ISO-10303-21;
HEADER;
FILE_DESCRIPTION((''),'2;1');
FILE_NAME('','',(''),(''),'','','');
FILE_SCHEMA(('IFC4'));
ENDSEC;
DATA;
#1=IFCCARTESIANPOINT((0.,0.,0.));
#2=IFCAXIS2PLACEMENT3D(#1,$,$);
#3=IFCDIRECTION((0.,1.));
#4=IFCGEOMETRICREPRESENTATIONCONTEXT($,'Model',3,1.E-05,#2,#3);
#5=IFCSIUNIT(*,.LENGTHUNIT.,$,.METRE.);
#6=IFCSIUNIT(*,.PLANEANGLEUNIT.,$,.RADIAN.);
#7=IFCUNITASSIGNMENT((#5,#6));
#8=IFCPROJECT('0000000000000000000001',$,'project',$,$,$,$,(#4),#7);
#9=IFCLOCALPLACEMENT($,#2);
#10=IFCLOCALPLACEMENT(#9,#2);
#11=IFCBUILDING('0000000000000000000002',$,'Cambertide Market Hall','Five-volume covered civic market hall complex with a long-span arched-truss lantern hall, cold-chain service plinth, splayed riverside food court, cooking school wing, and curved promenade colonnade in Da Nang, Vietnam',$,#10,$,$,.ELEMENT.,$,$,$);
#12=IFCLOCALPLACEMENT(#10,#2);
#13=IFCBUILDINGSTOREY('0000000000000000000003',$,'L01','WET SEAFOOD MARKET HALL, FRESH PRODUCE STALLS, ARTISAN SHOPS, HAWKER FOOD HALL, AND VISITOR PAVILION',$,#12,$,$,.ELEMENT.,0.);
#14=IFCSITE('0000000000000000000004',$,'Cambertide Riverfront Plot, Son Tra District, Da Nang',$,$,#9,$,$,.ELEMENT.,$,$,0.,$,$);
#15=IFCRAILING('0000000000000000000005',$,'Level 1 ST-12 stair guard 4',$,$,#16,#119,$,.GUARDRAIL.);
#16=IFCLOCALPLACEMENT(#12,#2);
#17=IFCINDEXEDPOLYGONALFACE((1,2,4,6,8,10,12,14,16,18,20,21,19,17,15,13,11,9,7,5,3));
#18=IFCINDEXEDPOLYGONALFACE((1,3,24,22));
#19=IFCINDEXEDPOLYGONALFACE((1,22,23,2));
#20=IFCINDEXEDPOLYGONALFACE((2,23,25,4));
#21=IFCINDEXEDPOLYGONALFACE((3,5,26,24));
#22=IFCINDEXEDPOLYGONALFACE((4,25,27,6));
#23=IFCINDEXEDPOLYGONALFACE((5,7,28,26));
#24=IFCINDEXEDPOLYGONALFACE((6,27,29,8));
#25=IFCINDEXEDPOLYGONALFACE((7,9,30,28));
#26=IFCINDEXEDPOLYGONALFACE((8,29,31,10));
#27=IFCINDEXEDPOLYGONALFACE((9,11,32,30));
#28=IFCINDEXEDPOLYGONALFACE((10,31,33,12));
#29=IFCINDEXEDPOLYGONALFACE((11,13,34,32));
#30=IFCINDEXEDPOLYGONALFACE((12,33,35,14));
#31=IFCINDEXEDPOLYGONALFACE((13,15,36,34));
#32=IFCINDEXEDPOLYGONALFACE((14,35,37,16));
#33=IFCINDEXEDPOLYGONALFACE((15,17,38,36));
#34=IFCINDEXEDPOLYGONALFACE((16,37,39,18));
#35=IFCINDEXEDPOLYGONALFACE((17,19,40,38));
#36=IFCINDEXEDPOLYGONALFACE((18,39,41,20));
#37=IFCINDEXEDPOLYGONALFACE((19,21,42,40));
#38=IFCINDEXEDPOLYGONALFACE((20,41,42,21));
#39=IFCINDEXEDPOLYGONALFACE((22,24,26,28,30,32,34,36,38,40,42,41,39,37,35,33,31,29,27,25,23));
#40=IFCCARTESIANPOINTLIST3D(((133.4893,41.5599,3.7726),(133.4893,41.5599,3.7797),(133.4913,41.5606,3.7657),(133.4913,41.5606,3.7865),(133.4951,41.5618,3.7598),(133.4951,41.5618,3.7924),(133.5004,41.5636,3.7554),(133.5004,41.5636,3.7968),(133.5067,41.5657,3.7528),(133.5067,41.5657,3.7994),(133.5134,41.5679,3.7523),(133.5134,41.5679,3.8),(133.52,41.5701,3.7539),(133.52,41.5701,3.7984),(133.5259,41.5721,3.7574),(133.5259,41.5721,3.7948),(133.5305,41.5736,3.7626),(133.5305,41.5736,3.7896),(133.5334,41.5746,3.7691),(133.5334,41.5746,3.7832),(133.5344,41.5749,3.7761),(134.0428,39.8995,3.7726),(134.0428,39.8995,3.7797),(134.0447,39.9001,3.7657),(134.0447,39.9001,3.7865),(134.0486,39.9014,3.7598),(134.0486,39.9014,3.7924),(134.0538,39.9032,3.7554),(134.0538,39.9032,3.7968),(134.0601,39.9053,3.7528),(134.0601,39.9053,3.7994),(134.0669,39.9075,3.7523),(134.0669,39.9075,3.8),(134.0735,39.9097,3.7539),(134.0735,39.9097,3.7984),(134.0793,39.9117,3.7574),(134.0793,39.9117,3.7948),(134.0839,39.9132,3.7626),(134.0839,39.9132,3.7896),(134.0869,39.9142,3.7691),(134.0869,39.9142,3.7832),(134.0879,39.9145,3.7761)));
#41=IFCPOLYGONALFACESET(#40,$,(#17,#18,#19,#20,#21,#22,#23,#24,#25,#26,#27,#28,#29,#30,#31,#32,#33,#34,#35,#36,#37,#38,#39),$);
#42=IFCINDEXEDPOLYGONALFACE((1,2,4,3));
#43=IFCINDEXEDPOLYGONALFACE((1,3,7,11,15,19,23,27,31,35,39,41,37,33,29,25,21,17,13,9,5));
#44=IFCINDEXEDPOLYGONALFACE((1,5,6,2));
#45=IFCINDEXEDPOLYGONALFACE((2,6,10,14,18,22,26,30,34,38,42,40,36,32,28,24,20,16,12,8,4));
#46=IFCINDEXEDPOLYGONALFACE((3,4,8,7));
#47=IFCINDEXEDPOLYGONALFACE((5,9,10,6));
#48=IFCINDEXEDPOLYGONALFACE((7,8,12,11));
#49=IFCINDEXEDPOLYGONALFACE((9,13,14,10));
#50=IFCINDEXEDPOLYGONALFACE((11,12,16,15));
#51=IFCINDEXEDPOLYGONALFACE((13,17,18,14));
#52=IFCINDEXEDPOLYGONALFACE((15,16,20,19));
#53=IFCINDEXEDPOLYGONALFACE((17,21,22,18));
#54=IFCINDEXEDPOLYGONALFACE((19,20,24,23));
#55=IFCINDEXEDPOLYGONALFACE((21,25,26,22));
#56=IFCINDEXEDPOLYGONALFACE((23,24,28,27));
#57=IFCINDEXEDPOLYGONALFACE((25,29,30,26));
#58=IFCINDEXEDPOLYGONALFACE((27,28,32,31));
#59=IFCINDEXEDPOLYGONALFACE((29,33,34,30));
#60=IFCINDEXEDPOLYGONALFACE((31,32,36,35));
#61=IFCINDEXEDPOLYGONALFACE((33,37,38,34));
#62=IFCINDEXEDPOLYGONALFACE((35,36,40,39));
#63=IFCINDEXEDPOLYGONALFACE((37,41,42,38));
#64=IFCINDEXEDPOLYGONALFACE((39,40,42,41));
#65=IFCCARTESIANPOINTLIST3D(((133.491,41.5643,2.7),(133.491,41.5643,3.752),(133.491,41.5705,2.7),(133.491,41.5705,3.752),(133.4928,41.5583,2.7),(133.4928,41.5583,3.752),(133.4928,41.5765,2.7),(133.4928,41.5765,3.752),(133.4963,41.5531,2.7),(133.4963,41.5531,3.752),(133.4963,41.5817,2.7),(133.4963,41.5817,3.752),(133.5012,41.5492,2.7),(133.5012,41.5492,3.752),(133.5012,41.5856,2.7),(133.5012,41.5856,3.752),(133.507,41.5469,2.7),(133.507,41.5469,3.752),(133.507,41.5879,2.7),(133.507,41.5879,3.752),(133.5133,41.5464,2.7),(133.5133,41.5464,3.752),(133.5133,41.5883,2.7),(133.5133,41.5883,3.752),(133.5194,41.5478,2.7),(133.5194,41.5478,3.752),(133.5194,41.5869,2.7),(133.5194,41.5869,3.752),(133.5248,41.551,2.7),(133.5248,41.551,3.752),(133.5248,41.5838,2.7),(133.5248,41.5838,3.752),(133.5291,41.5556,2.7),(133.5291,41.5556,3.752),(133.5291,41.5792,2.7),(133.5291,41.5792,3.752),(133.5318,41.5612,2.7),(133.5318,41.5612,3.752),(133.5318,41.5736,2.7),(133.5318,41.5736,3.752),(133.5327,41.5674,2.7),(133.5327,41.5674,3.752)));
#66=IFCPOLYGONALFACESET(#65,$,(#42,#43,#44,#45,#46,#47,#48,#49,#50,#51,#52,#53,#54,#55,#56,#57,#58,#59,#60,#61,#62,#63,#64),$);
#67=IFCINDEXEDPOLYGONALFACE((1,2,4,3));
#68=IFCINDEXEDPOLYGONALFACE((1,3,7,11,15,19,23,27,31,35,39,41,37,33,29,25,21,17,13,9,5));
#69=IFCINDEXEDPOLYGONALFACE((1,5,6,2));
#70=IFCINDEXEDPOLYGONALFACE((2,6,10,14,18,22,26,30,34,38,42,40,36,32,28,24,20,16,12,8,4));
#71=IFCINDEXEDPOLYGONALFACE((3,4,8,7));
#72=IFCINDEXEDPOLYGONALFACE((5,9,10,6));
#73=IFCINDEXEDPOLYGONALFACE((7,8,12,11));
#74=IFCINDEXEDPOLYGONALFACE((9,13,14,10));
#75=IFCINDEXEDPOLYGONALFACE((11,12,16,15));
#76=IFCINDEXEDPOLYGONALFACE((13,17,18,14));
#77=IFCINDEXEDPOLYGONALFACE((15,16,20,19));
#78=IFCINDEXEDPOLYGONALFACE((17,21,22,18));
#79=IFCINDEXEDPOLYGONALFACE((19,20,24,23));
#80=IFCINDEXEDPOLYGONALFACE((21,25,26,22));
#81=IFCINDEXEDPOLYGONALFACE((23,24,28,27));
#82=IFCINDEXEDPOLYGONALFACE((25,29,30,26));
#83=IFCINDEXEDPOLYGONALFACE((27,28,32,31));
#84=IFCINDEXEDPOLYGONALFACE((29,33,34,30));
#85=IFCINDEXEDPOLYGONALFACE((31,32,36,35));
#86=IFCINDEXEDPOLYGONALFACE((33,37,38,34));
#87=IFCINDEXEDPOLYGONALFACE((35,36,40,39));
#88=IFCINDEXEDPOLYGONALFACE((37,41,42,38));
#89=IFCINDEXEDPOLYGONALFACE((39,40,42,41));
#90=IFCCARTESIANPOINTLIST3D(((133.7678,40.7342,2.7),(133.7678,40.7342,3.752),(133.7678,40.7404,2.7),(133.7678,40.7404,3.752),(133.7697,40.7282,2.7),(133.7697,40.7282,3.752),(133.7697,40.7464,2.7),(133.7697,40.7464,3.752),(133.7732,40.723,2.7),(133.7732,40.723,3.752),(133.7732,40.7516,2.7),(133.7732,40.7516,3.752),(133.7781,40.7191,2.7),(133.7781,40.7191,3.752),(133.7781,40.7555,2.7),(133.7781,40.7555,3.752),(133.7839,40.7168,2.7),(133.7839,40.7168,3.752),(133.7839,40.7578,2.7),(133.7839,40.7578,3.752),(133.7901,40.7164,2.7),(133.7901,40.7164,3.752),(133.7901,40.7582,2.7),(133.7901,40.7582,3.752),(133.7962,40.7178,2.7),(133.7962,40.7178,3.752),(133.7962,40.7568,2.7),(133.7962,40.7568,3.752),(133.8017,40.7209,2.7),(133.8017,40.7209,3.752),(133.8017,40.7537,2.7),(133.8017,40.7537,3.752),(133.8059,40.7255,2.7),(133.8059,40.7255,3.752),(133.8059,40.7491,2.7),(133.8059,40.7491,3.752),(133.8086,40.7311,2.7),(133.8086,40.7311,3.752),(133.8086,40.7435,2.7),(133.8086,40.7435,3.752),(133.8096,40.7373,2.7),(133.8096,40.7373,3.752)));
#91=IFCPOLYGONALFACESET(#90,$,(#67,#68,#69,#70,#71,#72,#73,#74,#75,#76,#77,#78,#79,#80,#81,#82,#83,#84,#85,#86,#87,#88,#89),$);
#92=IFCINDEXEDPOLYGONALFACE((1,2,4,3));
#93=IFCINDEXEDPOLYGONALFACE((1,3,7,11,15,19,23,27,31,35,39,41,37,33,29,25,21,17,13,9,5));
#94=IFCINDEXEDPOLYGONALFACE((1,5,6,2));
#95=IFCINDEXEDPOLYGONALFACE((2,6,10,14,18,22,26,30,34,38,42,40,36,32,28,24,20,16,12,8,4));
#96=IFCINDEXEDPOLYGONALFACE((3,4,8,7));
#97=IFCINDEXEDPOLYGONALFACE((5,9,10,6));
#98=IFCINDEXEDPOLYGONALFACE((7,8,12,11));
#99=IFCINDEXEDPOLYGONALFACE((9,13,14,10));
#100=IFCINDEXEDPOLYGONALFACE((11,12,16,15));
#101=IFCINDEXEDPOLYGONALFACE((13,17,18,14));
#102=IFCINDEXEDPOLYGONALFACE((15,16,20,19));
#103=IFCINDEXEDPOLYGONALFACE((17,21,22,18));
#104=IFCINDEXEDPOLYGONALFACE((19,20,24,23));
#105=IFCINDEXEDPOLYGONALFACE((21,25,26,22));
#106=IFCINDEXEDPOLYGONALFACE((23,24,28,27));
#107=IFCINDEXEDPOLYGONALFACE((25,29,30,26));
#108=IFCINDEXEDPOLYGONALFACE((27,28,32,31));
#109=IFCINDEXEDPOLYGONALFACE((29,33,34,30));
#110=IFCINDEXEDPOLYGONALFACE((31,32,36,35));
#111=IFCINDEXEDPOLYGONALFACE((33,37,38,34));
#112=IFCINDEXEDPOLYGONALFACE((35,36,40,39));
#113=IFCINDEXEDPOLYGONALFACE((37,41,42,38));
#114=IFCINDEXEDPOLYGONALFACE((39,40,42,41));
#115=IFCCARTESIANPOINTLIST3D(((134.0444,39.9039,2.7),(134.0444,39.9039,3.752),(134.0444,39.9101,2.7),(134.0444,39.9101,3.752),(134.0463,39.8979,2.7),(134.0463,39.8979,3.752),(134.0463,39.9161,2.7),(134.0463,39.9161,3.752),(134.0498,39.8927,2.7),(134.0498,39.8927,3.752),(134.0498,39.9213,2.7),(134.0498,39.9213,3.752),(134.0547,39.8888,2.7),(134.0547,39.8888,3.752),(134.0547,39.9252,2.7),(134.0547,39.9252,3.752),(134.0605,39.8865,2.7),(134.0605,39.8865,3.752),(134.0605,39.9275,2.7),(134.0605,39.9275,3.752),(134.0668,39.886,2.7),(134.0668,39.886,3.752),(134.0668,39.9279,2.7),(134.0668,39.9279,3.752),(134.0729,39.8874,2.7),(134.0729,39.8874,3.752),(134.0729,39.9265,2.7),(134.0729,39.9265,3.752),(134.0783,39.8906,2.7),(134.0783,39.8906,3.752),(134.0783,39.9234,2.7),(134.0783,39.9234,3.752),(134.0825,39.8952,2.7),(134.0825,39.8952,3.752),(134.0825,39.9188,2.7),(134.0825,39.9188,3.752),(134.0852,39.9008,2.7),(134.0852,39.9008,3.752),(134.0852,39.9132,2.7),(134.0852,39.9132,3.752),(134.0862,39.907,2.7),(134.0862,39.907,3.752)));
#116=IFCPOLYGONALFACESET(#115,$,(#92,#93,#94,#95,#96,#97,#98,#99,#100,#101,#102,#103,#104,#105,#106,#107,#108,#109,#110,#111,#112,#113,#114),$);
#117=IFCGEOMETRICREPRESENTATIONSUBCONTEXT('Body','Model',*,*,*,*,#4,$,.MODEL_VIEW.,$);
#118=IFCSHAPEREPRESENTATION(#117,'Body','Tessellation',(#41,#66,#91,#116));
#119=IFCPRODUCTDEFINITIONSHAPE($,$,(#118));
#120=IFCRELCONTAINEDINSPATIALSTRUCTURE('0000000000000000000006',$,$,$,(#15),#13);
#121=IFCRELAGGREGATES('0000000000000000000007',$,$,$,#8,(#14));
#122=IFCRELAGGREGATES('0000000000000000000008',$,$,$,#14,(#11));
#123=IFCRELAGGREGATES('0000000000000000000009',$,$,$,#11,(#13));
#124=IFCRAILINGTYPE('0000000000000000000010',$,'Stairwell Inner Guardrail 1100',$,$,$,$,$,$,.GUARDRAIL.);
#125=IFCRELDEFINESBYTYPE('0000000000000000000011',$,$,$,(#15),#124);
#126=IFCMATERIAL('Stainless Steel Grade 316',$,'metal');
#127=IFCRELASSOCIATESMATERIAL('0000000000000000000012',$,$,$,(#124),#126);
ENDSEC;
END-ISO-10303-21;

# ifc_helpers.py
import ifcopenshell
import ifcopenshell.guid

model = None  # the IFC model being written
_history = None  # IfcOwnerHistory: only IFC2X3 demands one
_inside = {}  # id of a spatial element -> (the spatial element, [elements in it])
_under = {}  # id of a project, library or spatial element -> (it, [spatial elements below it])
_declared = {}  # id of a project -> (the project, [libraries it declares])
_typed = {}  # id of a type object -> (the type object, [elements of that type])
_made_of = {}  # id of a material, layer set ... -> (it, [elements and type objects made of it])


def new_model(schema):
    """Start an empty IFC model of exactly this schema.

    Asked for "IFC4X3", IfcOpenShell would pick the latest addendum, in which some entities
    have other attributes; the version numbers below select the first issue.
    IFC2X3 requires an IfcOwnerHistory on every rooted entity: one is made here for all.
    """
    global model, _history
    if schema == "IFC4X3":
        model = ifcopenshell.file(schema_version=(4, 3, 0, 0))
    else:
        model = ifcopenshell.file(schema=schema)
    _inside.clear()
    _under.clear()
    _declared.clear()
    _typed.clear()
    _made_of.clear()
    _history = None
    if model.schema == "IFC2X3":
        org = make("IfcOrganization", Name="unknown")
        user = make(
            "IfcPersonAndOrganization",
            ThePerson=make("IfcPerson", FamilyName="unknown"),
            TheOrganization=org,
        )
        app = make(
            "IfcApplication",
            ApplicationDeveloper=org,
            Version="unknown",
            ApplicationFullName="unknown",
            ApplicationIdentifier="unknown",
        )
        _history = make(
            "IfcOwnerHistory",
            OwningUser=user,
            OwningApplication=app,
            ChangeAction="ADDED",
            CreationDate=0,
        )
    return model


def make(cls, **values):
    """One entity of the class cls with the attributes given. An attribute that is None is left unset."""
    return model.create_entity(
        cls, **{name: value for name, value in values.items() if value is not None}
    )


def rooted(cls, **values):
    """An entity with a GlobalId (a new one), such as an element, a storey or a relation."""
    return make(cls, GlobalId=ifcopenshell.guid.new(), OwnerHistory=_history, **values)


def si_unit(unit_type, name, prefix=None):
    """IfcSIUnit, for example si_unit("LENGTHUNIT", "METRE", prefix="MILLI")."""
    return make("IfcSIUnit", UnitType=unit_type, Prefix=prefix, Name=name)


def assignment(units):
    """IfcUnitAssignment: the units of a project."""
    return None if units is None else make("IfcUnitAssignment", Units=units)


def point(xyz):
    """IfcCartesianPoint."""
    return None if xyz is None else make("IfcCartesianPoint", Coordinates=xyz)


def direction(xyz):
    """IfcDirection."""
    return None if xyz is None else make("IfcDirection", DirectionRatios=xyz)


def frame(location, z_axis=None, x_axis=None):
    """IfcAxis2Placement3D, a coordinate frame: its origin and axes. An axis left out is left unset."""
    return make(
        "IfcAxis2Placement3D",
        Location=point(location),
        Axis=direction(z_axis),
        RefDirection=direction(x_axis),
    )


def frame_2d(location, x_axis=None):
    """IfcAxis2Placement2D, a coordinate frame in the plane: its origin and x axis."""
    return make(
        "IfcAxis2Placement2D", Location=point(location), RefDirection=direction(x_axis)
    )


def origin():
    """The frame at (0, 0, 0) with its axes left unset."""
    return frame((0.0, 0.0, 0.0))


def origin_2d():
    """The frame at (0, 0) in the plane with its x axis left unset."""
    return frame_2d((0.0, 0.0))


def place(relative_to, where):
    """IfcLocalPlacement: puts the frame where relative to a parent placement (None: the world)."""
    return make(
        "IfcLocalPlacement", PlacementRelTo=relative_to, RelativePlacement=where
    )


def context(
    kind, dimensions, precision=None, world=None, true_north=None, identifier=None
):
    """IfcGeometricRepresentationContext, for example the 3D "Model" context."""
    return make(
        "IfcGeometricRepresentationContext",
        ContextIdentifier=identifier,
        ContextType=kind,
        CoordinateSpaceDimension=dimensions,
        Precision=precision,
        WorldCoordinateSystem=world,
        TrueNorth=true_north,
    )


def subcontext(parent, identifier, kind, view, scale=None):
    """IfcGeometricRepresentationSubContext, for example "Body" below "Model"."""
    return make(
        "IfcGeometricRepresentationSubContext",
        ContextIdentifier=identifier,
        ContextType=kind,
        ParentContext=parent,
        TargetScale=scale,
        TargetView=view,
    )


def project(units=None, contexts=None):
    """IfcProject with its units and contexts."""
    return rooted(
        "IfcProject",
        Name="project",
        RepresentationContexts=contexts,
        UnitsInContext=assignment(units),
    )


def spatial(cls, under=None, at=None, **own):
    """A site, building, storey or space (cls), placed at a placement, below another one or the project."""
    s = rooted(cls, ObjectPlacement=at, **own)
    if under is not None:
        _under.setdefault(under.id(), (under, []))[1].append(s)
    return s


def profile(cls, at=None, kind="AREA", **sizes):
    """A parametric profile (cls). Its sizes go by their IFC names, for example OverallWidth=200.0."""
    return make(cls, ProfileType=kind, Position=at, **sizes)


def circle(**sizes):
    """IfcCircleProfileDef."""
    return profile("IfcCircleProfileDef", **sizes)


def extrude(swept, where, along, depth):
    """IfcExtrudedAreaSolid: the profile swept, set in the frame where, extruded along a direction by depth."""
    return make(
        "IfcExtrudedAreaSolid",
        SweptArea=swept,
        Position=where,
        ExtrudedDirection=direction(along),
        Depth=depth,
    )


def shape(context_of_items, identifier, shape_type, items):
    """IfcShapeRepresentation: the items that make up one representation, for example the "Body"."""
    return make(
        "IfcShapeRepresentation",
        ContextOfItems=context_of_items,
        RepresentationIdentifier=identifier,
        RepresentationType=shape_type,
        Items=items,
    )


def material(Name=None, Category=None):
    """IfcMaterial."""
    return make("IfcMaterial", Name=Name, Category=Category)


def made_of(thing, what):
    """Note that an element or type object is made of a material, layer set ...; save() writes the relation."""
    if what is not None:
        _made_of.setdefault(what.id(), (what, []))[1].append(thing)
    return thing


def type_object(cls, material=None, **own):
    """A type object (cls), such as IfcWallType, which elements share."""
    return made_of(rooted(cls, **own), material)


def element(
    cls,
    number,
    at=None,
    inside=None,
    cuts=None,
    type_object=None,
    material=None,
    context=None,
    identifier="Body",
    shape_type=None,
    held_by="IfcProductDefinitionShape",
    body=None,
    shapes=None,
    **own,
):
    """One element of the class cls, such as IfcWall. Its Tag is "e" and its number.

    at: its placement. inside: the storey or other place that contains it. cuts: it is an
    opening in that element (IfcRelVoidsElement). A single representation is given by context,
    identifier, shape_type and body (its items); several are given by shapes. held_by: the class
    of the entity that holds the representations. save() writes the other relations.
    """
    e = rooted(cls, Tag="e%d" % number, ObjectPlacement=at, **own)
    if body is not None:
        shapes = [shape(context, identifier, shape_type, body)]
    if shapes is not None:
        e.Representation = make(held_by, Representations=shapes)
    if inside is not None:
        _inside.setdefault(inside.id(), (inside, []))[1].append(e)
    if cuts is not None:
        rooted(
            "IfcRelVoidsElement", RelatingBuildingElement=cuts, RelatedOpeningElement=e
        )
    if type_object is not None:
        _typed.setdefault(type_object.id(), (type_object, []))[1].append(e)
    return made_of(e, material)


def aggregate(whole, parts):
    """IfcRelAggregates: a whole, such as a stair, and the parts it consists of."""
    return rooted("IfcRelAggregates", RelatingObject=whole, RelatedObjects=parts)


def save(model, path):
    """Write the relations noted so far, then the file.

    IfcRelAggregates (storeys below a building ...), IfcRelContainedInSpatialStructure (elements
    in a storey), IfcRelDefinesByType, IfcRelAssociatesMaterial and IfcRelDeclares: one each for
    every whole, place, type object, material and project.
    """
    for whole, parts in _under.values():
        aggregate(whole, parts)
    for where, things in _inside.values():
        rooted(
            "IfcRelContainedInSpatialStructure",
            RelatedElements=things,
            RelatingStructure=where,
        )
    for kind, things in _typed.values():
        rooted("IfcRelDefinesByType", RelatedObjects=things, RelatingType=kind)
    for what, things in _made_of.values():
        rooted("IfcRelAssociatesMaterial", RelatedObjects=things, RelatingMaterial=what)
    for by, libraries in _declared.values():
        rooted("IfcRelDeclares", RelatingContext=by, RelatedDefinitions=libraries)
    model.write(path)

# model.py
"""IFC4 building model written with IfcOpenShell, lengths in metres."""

from ifc_helpers import new_model, si_unit, direction, frame, origin, origin_2d, place, context, subcontext, project, spatial, circle, extrude, material, type_object, element, save


model = new_model("IFC4")

# Units and contexts
model_context = context("Model", 3, precision=1e-05, world=origin(), true_north=direction((0.0, 1.0)))
body_context = subcontext(model_context, "Body", "Model", "MODEL_VIEW")
ifc_project = project(units=[si_unit("LENGTHUNIT", "METRE"), si_unit("PLANEANGLEUNIT", "RADIAN")], contexts=[model_context])

# Site, building, storey
site_placement = place(None, origin())
site = spatial("IfcSite", under=ifc_project, at=site_placement, Name="Cambertide Riverfront Plot, Son Tra District, Da Nang", CompositionType="ELEMENT", RefElevation=0.0)
building_placement = place(site_placement, origin())
building = spatial("IfcBuilding", under=site, at=building_placement, Name="Cambertide Market Hall", Description="Five-volume covered civic market hall complex with a long-span arched-truss lantern hall, cold-chain service plinth, splayed riverside food court, cooking school wing, and curved promenade colonnade in Da Nang, Vietnam", CompositionType="ELEMENT")
storey_placement = place(building_placement, origin())
storey = spatial("IfcBuildingStorey", under=building, at=storey_placement, Name="L01", Description="WET SEAFOOD MARKET HALL, FRESH PRODUCE STALLS, ARTISAN SHOPS, HAWKER FOOD HALL, AND VISITOR PAVILION", CompositionType="ELEMENT", Elevation=0.0)

# Railing
ifc_material_1 = material(Name="Stainless Steel Grade 316", Category="metal")
railing_type_1 = type_object("IfcRailingType", Name="Stairwell Inner Guardrail 1100", PredefinedType="GUARDRAIL", material=ifc_material_1)
railing_1_placement = place(storey_placement, frame((133.5117, 41.5674, 2.7)))
element("IfcRailing", 1, at=railing_1_placement, inside=storey, type_object=railing_type_1, Name="Level 1 ST-12 stair guard 4", PredefinedType="GUARDRAIL", context=body_context, shape_type="SweptSolid", body=[
    extrude(circle(Radius=0.0239, at=origin_2d()), frame((0.0, 0.0, 1.0762), z_axis=(0.316228, -0.948683, 0.0), x_axis=(0.948683, 0.316228, 0.0)), (0.0, 0.0, 1.0), 1.7502),
    extrude(circle(Radius=0.021, at=origin_2d()), origin(), (0.0, 0.0, 1.0), 1.052),
    extrude(circle(Radius=0.021, at=origin_2d()), frame((0.2769, -0.8301, 0.0)), (0.0, 0.0, 1.0), 1.052),
    extrude(circle(Radius=0.021, at=origin_2d()), frame((0.5535, -1.6604, 0.0)), (0.0, 0.0, 1.0), 1.052),
])

save(model, "model.ifc")
